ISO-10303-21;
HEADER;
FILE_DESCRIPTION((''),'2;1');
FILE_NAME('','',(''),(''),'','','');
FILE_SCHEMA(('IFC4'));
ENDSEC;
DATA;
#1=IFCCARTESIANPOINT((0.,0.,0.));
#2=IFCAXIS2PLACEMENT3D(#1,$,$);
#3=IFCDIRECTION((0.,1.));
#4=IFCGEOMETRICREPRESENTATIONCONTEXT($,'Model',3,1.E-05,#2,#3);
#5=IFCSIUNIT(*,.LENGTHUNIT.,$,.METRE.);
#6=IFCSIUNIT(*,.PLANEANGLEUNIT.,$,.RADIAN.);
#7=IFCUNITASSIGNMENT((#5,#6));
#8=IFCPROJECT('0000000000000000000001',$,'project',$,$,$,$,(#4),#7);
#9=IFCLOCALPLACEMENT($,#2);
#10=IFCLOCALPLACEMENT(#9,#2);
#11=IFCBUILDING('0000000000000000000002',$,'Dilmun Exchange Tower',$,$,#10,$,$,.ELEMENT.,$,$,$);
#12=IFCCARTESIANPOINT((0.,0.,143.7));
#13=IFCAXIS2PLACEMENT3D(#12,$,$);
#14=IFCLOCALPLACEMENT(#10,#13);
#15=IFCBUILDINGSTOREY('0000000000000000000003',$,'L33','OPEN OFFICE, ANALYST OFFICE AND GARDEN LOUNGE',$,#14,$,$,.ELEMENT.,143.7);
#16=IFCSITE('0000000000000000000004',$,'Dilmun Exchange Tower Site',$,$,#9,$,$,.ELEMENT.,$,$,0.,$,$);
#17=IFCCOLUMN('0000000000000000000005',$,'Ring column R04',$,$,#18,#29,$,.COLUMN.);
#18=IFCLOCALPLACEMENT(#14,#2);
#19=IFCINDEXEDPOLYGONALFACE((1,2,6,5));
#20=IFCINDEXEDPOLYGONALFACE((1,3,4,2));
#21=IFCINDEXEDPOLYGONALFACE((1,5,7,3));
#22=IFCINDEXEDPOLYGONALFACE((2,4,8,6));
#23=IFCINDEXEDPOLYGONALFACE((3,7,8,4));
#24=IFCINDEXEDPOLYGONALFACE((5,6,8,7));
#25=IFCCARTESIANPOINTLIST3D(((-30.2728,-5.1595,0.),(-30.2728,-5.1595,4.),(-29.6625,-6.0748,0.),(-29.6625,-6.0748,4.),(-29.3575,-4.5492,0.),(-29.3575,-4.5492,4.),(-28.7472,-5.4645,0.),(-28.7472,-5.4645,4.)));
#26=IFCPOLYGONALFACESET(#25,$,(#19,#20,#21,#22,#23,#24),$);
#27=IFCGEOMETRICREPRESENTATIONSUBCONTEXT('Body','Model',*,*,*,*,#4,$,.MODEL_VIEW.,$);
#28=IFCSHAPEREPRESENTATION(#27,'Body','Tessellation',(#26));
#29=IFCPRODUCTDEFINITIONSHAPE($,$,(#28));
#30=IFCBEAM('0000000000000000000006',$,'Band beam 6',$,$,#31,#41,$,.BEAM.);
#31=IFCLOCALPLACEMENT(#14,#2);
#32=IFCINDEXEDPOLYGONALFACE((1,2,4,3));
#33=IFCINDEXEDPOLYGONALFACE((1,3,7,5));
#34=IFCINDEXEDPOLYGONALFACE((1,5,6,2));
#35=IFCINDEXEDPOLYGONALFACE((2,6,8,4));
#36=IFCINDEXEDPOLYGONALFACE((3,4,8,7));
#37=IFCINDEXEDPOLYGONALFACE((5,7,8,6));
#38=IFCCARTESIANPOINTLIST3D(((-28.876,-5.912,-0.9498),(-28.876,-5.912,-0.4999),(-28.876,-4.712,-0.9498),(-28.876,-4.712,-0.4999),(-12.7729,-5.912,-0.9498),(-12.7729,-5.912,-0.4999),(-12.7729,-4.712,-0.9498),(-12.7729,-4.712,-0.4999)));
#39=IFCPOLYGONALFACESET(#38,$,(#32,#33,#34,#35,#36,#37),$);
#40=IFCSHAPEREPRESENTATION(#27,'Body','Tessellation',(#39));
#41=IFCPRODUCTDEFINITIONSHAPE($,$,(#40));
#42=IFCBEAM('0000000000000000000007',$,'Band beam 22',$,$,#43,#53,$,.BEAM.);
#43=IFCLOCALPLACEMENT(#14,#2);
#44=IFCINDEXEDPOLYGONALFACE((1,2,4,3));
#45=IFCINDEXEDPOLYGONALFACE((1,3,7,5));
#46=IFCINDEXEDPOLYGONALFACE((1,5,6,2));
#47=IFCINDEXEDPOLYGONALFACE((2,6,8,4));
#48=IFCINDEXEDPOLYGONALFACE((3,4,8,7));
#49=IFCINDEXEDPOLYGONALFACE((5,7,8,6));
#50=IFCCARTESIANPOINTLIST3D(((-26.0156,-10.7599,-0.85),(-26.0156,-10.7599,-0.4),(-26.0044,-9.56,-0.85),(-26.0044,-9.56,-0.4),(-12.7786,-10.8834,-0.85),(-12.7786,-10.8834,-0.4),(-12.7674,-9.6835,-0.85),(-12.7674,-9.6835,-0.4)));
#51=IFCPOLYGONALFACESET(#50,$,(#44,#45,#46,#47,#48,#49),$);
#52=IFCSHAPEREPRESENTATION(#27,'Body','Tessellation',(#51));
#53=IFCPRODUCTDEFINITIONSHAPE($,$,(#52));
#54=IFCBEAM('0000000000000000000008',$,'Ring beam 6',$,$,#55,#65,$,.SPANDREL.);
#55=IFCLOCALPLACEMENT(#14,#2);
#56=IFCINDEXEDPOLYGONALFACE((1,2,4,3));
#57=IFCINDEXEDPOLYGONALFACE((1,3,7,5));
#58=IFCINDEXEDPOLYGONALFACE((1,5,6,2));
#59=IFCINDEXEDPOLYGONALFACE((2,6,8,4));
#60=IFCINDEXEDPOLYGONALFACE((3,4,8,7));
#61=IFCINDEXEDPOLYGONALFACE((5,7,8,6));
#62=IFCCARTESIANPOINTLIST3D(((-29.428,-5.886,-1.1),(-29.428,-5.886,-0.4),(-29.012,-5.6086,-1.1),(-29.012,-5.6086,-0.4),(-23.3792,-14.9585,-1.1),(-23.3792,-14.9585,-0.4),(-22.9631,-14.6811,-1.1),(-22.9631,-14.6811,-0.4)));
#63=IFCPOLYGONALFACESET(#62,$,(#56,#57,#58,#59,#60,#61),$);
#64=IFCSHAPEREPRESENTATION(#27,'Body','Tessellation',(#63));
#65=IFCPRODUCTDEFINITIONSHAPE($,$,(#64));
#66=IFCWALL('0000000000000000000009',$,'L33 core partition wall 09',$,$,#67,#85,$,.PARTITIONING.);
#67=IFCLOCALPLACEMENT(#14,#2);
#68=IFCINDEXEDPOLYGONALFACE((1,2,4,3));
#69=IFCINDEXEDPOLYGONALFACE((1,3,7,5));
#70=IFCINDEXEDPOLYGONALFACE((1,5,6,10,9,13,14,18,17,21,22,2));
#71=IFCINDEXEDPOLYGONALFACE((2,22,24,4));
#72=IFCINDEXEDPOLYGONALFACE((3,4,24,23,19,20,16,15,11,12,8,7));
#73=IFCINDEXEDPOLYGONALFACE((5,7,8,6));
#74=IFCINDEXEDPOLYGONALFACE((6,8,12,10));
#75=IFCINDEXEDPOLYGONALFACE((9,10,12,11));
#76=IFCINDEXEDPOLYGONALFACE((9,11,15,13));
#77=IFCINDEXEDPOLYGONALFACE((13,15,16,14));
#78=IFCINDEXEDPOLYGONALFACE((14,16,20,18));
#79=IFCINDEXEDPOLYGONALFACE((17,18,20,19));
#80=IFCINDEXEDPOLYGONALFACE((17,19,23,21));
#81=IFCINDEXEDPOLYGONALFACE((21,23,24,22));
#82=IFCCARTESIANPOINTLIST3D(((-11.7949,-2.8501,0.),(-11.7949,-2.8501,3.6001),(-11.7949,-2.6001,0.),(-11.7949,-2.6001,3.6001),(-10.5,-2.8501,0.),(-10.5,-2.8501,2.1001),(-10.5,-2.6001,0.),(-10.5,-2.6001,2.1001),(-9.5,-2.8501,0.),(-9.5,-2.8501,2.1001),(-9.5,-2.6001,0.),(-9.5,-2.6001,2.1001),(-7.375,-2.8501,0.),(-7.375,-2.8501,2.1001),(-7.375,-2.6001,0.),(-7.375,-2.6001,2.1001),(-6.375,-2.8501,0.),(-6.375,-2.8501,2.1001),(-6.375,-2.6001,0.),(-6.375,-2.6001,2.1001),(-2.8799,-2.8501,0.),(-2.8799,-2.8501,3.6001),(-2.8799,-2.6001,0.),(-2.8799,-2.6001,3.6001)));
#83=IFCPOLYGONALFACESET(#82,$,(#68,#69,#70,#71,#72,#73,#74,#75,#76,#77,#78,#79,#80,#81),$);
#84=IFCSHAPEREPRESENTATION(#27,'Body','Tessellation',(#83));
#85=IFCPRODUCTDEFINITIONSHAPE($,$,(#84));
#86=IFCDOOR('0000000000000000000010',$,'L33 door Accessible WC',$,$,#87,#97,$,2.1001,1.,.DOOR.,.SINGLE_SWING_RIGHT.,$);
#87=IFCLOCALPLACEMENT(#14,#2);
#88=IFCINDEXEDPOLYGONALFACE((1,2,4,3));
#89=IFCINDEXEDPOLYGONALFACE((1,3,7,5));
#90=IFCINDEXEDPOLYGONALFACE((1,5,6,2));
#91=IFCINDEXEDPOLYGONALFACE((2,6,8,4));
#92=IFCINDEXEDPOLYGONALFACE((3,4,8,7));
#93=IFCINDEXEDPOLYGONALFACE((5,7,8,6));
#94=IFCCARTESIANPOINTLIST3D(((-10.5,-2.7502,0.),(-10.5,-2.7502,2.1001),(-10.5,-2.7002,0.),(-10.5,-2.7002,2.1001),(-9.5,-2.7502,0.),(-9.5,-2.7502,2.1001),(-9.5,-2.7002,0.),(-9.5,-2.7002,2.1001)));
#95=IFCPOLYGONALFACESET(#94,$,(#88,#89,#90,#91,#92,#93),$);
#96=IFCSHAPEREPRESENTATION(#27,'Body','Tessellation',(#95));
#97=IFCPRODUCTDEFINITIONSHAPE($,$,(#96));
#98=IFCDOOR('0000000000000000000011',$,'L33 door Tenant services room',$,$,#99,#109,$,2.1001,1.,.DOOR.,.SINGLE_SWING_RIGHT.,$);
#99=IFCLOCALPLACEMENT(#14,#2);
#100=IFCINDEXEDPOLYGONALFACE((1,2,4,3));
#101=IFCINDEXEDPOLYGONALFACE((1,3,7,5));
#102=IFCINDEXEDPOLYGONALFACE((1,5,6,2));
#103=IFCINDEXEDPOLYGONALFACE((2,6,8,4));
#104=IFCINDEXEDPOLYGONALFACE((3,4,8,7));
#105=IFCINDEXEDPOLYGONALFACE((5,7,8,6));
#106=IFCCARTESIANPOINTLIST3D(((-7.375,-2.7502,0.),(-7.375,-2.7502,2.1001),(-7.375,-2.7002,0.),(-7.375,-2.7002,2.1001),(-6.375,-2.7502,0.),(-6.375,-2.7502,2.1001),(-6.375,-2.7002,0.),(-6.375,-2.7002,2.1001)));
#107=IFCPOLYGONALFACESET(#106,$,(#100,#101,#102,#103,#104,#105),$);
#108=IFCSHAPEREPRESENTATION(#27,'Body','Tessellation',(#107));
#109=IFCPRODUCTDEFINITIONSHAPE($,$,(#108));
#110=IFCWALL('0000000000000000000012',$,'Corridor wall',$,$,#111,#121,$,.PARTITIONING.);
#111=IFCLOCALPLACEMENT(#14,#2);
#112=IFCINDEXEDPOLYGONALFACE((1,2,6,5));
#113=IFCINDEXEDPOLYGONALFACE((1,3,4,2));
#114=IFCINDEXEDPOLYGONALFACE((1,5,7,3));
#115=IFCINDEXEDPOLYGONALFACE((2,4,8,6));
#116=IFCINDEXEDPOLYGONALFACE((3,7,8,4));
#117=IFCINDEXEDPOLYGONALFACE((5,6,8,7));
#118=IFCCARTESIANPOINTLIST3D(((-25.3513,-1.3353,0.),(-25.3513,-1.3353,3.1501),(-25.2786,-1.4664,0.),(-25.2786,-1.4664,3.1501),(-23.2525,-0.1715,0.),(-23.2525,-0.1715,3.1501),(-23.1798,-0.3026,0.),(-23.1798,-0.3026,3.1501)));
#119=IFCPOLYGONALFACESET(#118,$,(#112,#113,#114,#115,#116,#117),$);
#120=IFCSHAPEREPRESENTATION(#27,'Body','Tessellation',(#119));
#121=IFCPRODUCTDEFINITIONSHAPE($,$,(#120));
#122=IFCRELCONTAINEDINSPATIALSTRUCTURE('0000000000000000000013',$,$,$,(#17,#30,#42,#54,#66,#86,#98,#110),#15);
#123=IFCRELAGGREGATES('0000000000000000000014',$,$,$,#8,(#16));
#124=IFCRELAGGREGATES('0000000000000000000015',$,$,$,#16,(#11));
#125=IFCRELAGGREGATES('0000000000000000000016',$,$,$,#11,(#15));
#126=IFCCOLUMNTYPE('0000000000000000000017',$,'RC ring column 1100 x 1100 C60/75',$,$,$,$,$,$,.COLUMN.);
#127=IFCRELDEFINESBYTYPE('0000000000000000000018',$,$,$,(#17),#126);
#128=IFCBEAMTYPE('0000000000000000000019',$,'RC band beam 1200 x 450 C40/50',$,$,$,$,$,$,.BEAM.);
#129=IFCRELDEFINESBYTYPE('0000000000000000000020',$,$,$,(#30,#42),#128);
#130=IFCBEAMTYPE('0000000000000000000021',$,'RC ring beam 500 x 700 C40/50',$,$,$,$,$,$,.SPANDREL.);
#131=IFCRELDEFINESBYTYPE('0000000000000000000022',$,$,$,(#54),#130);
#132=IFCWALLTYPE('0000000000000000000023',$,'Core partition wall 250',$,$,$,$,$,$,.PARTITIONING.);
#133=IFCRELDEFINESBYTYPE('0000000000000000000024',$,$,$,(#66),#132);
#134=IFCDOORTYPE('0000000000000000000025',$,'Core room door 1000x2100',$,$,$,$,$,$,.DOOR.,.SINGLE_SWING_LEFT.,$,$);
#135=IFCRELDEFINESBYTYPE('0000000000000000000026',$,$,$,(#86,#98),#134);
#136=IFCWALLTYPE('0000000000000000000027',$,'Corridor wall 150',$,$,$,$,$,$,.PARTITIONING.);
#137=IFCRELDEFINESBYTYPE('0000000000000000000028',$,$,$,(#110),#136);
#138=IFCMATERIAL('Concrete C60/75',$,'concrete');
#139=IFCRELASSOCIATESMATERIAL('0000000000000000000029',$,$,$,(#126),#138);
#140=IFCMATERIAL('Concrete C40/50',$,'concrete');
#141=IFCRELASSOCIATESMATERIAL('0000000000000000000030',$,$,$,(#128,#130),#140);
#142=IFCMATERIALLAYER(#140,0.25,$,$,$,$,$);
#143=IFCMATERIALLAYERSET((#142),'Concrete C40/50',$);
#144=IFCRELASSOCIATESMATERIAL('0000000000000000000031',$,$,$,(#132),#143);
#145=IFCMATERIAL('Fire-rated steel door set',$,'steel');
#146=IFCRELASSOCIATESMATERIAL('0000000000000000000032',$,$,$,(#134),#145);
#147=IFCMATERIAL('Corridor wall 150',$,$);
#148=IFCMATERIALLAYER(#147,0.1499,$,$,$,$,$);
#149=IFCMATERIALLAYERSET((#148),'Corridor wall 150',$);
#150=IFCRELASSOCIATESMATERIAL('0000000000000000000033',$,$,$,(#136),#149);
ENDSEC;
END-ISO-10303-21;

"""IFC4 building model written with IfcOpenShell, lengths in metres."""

from ifc_helpers import new_model, si_unit, direction, frame, frame_2d, origin, origin_2d, place, context, subcontext, project, spatial, rectangle, extrude, material, layer, layer_set, material_profile, profile_set, type_object, element, fill, save


model = new_model("IFC4")

# Units and contexts
model_context = context("Model", 3, precision=1e-05, world=origin(), true_north=direction((0.0, 1.0)))
body_context = subcontext(model_context, "Body", "Model", "MODEL_VIEW")
ifc_project = project(units=[si_unit("LENGTHUNIT", "METRE"), si_unit("PLANEANGLEUNIT", "RADIAN")], contexts=[model_context])

# Site, building, storey
site_placement = place(None, origin())
site = spatial("IfcSite", under=ifc_project, at=site_placement, Name="Dilmun Exchange Tower Site", CompositionType="ELEMENT", RefElevation=0.0)
building_placement = place(site_placement, origin())
building = spatial("IfcBuilding", under=site, at=building_placement, Name="Dilmun Exchange Tower", CompositionType="ELEMENT")
storey_placement = place(building_placement, frame((0.0, 0.0, 143.7)))
storey = spatial("IfcBuildingStorey", under=building, at=storey_placement, Name="L33", Description="OPEN OFFICE, ANALYST OFFICE AND GARDEN LOUNGE", CompositionType="ELEMENT", Elevation=143.7)

# Column
ifc_material_1 = material(Name="Concrete C60/75", Category="concrete")
ifc_material_profile_1 = material_profile(ifc_material_1, rectangle(XDim=1.1001, YDim=1.1001, at=origin_2d()), Name="1100 x 1100")
ifc_profile_set_1 = profile_set([ifc_material_profile_1], Name="Concrete C60/75")
column_type = type_object("IfcColumnType", Name="RC ring column 1100 x 1100 C60/75", PredefinedType="COLUMN", material=ifc_profile_set_1)
column_placement = place(storey_placement, frame((-29.51, -5.312, 0.0), z_axis=(0.0, 0.0, 1.0), x_axis=(0.832029, 0.554733, 0.0)))
element("IfcColumn", 1, at=column_placement, inside=storey, type_object=column_type, Name="Ring column R04", PredefinedType="COLUMN", context=body_context, shape_type="SweptSolid", body=[
    extrude(rectangle(XDim=1.1001, YDim=1.1001, at=origin_2d()), origin(), (0.0, 0.0, 1.0), 4.0),
])

# Beams
ifc_material_2 = material(Name="Concrete C40/50", Category="concrete")
ifc_material_profile_2 = material_profile(ifc_material_2, rectangle(XDim=1.2, YDim=0.45, at=origin_2d()), Name="1200 x 450")
ifc_profile_set_2 = profile_set([ifc_material_profile_2], Name="Concrete C40/50")
beam_type_1 = type_object("IfcBeamType", Name="RC band beam 1200 x 450 C40/50", PredefinedType="BEAM", material=ifc_profile_set_2)
beam_1_placement = place(storey_placement, frame((-28.876, -5.312, -0.7249), z_axis=(1.0, 0.0, 0.0), x_axis=(0.0, 1.0, 0.0)))
element("IfcBeam", 2, at=beam_1_placement, inside=storey, type_object=beam_type_1, Name="Band beam 6", PredefinedType="BEAM", context=body_context, shape_type="SweptSolid", body=[
    extrude(rectangle(XDim=1.2, YDim=0.45, at=origin_2d()), origin(), (0.0, 0.0, 1.0), 16.103),
])
beam_2_placement = place(storey_placement, frame((-26.01, -10.1599, -0.625), z_axis=(0.999956, -0.009332, 0.0), x_axis=(0.009332, 0.999956, 0.0)))
element("IfcBeam", 3, at=beam_2_placement, inside=storey, type_object=beam_type_1, Name="Band beam 22", PredefinedType="BEAM", context=body_context, shape_type="SweptSolid", body=[
    extrude(rectangle(XDim=1.2, YDim=0.45, at=origin_2d()), origin(), (0.0, 0.0, 1.0), 13.2375),
])
ifc_material_profile_3 = material_profile(ifc_material_2, rectangle(XDim=0.5, YDim=0.7, at=origin_2d()), Name="500 x 700")
ifc_profile_set_3 = profile_set([ifc_material_profile_3], Name="Concrete C40/50")
beam_type_2 = type_object("IfcBeamType", Name="RC ring beam 500 x 700 C40/50", PredefinedType="SPANDREL", material=ifc_profile_set_3)
beam_3_placement = place(storey_placement, frame((-29.22, -5.7473, -0.75), z_axis=(0.554731, -0.83203, 0.0), x_axis=(0.83203, 0.554731, 0.0)))
element("IfcBeam", 4, at=beam_3_placement, inside=storey, type_object=beam_type_2, Name="Ring beam 6", PredefinedType="SPANDREL", context=body_context, shape_type="SweptSolid", body=[
    extrude(rectangle(XDim=0.5, YDim=0.7, at=origin_2d()), origin(), (0.0, 0.0, 1.0), 10.9041),
])

# Wall, openings, doors
ifc_layer_1 = layer(ifc_material_2, 0.25)
ifc_layer_set_1 = layer_set([ifc_layer_1], Name="Concrete C40/50")
wall_type_1 = type_object("IfcWallType", Name="Core partition wall 250", PredefinedType="PARTITIONING", material=ifc_layer_set_1)
wall_1_placement = place(storey_placement, frame((-11.7949, -2.7251, 0.0), z_axis=(0.0, 0.0, 1.0), x_axis=(1.0, 0.0, 0.0)))
wall_1 = element("IfcWall", 5, at=wall_1_placement, inside=storey, type_object=wall_type_1, Name="L33 core partition wall 09", PredefinedType="PARTITIONING", context=body_context, shape_type="SweptSolid", body=[
    extrude(rectangle(XDim=8.915, YDim=0.25, at=frame_2d((4.4575, 0.0))), origin(), (0.0, 0.0, 1.0), 3.6001),
])
opening_1_placement = place(wall_1_placement, frame((1.2949, 0.0, 0.0)))
opening_1 = element("IfcOpeningElement", 6, at=opening_1_placement, cuts=wall_1, PredefinedType="OPENING", context=body_context, shape_type="SweptSolid", body=[
    extrude(rectangle(XDim=1.0, YDim=2.1001, at=frame_2d((0.5, 1.05))), frame((0.0, 0.135, 0.0), z_axis=(0.0, -1.0, 0.0), x_axis=(1.0, 0.0, 0.0)), (0.0, 0.0, 1.0), 0.27),
])
opening_2_placement = place(wall_1_placement, frame((4.4199, 0.0, 0.0)))
opening_2 = element("IfcOpeningElement", 7, at=opening_2_placement, cuts=wall_1, PredefinedType="OPENING", context=body_context, shape_type="SweptSolid", body=[
    extrude(rectangle(XDim=1.0, YDim=2.1001, at=frame_2d((0.5, 1.05))), frame((0.0, 0.135, 0.0), z_axis=(0.0, -1.0, 0.0), x_axis=(1.0, 0.0, 0.0)), (0.0, 0.0, 1.0), 0.27),
])
ifc_material_3 = material(Name="Fire-rated steel door set", Category="steel")
door_type_1 = type_object("IfcDoorType", Name="Core room door 1000x2100", OperationType="SINGLE_SWING_LEFT", PredefinedType="DOOR", material=ifc_material_3)
door_1_placement = place(opening_1_placement, origin())
door_1 = element("IfcDoor", 8, at=door_1_placement, inside=storey, type_object=door_type_1, Name="L33 door Accessible WC", OperationType="SINGLE_SWING_RIGHT", OverallHeight=2.1001, OverallWidth=1.0, PredefinedType="DOOR", context=body_context, shape_type="SweptSolid", body=[
    extrude(rectangle(XDim=1.0, YDim=2.1001, at=frame_2d((0.5, 1.05))), frame((0.0, 0.0249, 0.0), z_axis=(0.0, -1.0, 0.0), x_axis=(1.0, 0.0, 0.0)), (0.0, 0.0, 1.0), 0.05),
])
fill(opening_1, door_1)
door_2_placement = place(opening_2_placement, origin())
door_2 = element("IfcDoor", 9, at=door_2_placement, inside=storey, type_object=door_type_1, Name="L33 door Tenant services room", OperationType="SINGLE_SWING_RIGHT", OverallHeight=2.1001, OverallWidth=1.0, PredefinedType="DOOR", context=body_context, shape_type="SweptSolid", body=[
    extrude(rectangle(XDim=1.0, YDim=2.1001, at=frame_2d((0.5, 1.05))), frame((0.0, 0.0249, 0.0), z_axis=(0.0, -1.0, 0.0), x_axis=(1.0, 0.0, 0.0)), (0.0, 0.0, 1.0), 0.05),
])
fill(opening_2, door_2)

# Wall
ifc_material_4 = material(Name="Corridor wall 150")
ifc_layer_2 = layer(ifc_material_4, 0.1499)
ifc_layer_set_2 = layer_set([ifc_layer_2], Name="Corridor wall 150")
wall_type_2 = type_object("IfcWallType", Name="Corridor wall 150", PredefinedType="PARTITIONING", material=ifc_layer_set_2)
wall_2_placement = place(storey_placement, frame((-25.3149, -1.4009, 0.0), z_axis=(0.0, 0.0, 1.0), x_axis=(0.87455, 0.484935, 0.0)))
element("IfcWall", 10, at=wall_2_placement, inside=storey, type_object=wall_type_2, Name="Corridor wall", PredefinedType="PARTITIONING", context=body_context, shape_type="SweptSolid", body=[
    extrude(rectangle(XDim=2.3999, YDim=0.1499, at=frame_2d((1.2, 0.0))), origin(), (0.0, 0.0, 1.0), 3.1501),
])

save(model, "model.ifc")
